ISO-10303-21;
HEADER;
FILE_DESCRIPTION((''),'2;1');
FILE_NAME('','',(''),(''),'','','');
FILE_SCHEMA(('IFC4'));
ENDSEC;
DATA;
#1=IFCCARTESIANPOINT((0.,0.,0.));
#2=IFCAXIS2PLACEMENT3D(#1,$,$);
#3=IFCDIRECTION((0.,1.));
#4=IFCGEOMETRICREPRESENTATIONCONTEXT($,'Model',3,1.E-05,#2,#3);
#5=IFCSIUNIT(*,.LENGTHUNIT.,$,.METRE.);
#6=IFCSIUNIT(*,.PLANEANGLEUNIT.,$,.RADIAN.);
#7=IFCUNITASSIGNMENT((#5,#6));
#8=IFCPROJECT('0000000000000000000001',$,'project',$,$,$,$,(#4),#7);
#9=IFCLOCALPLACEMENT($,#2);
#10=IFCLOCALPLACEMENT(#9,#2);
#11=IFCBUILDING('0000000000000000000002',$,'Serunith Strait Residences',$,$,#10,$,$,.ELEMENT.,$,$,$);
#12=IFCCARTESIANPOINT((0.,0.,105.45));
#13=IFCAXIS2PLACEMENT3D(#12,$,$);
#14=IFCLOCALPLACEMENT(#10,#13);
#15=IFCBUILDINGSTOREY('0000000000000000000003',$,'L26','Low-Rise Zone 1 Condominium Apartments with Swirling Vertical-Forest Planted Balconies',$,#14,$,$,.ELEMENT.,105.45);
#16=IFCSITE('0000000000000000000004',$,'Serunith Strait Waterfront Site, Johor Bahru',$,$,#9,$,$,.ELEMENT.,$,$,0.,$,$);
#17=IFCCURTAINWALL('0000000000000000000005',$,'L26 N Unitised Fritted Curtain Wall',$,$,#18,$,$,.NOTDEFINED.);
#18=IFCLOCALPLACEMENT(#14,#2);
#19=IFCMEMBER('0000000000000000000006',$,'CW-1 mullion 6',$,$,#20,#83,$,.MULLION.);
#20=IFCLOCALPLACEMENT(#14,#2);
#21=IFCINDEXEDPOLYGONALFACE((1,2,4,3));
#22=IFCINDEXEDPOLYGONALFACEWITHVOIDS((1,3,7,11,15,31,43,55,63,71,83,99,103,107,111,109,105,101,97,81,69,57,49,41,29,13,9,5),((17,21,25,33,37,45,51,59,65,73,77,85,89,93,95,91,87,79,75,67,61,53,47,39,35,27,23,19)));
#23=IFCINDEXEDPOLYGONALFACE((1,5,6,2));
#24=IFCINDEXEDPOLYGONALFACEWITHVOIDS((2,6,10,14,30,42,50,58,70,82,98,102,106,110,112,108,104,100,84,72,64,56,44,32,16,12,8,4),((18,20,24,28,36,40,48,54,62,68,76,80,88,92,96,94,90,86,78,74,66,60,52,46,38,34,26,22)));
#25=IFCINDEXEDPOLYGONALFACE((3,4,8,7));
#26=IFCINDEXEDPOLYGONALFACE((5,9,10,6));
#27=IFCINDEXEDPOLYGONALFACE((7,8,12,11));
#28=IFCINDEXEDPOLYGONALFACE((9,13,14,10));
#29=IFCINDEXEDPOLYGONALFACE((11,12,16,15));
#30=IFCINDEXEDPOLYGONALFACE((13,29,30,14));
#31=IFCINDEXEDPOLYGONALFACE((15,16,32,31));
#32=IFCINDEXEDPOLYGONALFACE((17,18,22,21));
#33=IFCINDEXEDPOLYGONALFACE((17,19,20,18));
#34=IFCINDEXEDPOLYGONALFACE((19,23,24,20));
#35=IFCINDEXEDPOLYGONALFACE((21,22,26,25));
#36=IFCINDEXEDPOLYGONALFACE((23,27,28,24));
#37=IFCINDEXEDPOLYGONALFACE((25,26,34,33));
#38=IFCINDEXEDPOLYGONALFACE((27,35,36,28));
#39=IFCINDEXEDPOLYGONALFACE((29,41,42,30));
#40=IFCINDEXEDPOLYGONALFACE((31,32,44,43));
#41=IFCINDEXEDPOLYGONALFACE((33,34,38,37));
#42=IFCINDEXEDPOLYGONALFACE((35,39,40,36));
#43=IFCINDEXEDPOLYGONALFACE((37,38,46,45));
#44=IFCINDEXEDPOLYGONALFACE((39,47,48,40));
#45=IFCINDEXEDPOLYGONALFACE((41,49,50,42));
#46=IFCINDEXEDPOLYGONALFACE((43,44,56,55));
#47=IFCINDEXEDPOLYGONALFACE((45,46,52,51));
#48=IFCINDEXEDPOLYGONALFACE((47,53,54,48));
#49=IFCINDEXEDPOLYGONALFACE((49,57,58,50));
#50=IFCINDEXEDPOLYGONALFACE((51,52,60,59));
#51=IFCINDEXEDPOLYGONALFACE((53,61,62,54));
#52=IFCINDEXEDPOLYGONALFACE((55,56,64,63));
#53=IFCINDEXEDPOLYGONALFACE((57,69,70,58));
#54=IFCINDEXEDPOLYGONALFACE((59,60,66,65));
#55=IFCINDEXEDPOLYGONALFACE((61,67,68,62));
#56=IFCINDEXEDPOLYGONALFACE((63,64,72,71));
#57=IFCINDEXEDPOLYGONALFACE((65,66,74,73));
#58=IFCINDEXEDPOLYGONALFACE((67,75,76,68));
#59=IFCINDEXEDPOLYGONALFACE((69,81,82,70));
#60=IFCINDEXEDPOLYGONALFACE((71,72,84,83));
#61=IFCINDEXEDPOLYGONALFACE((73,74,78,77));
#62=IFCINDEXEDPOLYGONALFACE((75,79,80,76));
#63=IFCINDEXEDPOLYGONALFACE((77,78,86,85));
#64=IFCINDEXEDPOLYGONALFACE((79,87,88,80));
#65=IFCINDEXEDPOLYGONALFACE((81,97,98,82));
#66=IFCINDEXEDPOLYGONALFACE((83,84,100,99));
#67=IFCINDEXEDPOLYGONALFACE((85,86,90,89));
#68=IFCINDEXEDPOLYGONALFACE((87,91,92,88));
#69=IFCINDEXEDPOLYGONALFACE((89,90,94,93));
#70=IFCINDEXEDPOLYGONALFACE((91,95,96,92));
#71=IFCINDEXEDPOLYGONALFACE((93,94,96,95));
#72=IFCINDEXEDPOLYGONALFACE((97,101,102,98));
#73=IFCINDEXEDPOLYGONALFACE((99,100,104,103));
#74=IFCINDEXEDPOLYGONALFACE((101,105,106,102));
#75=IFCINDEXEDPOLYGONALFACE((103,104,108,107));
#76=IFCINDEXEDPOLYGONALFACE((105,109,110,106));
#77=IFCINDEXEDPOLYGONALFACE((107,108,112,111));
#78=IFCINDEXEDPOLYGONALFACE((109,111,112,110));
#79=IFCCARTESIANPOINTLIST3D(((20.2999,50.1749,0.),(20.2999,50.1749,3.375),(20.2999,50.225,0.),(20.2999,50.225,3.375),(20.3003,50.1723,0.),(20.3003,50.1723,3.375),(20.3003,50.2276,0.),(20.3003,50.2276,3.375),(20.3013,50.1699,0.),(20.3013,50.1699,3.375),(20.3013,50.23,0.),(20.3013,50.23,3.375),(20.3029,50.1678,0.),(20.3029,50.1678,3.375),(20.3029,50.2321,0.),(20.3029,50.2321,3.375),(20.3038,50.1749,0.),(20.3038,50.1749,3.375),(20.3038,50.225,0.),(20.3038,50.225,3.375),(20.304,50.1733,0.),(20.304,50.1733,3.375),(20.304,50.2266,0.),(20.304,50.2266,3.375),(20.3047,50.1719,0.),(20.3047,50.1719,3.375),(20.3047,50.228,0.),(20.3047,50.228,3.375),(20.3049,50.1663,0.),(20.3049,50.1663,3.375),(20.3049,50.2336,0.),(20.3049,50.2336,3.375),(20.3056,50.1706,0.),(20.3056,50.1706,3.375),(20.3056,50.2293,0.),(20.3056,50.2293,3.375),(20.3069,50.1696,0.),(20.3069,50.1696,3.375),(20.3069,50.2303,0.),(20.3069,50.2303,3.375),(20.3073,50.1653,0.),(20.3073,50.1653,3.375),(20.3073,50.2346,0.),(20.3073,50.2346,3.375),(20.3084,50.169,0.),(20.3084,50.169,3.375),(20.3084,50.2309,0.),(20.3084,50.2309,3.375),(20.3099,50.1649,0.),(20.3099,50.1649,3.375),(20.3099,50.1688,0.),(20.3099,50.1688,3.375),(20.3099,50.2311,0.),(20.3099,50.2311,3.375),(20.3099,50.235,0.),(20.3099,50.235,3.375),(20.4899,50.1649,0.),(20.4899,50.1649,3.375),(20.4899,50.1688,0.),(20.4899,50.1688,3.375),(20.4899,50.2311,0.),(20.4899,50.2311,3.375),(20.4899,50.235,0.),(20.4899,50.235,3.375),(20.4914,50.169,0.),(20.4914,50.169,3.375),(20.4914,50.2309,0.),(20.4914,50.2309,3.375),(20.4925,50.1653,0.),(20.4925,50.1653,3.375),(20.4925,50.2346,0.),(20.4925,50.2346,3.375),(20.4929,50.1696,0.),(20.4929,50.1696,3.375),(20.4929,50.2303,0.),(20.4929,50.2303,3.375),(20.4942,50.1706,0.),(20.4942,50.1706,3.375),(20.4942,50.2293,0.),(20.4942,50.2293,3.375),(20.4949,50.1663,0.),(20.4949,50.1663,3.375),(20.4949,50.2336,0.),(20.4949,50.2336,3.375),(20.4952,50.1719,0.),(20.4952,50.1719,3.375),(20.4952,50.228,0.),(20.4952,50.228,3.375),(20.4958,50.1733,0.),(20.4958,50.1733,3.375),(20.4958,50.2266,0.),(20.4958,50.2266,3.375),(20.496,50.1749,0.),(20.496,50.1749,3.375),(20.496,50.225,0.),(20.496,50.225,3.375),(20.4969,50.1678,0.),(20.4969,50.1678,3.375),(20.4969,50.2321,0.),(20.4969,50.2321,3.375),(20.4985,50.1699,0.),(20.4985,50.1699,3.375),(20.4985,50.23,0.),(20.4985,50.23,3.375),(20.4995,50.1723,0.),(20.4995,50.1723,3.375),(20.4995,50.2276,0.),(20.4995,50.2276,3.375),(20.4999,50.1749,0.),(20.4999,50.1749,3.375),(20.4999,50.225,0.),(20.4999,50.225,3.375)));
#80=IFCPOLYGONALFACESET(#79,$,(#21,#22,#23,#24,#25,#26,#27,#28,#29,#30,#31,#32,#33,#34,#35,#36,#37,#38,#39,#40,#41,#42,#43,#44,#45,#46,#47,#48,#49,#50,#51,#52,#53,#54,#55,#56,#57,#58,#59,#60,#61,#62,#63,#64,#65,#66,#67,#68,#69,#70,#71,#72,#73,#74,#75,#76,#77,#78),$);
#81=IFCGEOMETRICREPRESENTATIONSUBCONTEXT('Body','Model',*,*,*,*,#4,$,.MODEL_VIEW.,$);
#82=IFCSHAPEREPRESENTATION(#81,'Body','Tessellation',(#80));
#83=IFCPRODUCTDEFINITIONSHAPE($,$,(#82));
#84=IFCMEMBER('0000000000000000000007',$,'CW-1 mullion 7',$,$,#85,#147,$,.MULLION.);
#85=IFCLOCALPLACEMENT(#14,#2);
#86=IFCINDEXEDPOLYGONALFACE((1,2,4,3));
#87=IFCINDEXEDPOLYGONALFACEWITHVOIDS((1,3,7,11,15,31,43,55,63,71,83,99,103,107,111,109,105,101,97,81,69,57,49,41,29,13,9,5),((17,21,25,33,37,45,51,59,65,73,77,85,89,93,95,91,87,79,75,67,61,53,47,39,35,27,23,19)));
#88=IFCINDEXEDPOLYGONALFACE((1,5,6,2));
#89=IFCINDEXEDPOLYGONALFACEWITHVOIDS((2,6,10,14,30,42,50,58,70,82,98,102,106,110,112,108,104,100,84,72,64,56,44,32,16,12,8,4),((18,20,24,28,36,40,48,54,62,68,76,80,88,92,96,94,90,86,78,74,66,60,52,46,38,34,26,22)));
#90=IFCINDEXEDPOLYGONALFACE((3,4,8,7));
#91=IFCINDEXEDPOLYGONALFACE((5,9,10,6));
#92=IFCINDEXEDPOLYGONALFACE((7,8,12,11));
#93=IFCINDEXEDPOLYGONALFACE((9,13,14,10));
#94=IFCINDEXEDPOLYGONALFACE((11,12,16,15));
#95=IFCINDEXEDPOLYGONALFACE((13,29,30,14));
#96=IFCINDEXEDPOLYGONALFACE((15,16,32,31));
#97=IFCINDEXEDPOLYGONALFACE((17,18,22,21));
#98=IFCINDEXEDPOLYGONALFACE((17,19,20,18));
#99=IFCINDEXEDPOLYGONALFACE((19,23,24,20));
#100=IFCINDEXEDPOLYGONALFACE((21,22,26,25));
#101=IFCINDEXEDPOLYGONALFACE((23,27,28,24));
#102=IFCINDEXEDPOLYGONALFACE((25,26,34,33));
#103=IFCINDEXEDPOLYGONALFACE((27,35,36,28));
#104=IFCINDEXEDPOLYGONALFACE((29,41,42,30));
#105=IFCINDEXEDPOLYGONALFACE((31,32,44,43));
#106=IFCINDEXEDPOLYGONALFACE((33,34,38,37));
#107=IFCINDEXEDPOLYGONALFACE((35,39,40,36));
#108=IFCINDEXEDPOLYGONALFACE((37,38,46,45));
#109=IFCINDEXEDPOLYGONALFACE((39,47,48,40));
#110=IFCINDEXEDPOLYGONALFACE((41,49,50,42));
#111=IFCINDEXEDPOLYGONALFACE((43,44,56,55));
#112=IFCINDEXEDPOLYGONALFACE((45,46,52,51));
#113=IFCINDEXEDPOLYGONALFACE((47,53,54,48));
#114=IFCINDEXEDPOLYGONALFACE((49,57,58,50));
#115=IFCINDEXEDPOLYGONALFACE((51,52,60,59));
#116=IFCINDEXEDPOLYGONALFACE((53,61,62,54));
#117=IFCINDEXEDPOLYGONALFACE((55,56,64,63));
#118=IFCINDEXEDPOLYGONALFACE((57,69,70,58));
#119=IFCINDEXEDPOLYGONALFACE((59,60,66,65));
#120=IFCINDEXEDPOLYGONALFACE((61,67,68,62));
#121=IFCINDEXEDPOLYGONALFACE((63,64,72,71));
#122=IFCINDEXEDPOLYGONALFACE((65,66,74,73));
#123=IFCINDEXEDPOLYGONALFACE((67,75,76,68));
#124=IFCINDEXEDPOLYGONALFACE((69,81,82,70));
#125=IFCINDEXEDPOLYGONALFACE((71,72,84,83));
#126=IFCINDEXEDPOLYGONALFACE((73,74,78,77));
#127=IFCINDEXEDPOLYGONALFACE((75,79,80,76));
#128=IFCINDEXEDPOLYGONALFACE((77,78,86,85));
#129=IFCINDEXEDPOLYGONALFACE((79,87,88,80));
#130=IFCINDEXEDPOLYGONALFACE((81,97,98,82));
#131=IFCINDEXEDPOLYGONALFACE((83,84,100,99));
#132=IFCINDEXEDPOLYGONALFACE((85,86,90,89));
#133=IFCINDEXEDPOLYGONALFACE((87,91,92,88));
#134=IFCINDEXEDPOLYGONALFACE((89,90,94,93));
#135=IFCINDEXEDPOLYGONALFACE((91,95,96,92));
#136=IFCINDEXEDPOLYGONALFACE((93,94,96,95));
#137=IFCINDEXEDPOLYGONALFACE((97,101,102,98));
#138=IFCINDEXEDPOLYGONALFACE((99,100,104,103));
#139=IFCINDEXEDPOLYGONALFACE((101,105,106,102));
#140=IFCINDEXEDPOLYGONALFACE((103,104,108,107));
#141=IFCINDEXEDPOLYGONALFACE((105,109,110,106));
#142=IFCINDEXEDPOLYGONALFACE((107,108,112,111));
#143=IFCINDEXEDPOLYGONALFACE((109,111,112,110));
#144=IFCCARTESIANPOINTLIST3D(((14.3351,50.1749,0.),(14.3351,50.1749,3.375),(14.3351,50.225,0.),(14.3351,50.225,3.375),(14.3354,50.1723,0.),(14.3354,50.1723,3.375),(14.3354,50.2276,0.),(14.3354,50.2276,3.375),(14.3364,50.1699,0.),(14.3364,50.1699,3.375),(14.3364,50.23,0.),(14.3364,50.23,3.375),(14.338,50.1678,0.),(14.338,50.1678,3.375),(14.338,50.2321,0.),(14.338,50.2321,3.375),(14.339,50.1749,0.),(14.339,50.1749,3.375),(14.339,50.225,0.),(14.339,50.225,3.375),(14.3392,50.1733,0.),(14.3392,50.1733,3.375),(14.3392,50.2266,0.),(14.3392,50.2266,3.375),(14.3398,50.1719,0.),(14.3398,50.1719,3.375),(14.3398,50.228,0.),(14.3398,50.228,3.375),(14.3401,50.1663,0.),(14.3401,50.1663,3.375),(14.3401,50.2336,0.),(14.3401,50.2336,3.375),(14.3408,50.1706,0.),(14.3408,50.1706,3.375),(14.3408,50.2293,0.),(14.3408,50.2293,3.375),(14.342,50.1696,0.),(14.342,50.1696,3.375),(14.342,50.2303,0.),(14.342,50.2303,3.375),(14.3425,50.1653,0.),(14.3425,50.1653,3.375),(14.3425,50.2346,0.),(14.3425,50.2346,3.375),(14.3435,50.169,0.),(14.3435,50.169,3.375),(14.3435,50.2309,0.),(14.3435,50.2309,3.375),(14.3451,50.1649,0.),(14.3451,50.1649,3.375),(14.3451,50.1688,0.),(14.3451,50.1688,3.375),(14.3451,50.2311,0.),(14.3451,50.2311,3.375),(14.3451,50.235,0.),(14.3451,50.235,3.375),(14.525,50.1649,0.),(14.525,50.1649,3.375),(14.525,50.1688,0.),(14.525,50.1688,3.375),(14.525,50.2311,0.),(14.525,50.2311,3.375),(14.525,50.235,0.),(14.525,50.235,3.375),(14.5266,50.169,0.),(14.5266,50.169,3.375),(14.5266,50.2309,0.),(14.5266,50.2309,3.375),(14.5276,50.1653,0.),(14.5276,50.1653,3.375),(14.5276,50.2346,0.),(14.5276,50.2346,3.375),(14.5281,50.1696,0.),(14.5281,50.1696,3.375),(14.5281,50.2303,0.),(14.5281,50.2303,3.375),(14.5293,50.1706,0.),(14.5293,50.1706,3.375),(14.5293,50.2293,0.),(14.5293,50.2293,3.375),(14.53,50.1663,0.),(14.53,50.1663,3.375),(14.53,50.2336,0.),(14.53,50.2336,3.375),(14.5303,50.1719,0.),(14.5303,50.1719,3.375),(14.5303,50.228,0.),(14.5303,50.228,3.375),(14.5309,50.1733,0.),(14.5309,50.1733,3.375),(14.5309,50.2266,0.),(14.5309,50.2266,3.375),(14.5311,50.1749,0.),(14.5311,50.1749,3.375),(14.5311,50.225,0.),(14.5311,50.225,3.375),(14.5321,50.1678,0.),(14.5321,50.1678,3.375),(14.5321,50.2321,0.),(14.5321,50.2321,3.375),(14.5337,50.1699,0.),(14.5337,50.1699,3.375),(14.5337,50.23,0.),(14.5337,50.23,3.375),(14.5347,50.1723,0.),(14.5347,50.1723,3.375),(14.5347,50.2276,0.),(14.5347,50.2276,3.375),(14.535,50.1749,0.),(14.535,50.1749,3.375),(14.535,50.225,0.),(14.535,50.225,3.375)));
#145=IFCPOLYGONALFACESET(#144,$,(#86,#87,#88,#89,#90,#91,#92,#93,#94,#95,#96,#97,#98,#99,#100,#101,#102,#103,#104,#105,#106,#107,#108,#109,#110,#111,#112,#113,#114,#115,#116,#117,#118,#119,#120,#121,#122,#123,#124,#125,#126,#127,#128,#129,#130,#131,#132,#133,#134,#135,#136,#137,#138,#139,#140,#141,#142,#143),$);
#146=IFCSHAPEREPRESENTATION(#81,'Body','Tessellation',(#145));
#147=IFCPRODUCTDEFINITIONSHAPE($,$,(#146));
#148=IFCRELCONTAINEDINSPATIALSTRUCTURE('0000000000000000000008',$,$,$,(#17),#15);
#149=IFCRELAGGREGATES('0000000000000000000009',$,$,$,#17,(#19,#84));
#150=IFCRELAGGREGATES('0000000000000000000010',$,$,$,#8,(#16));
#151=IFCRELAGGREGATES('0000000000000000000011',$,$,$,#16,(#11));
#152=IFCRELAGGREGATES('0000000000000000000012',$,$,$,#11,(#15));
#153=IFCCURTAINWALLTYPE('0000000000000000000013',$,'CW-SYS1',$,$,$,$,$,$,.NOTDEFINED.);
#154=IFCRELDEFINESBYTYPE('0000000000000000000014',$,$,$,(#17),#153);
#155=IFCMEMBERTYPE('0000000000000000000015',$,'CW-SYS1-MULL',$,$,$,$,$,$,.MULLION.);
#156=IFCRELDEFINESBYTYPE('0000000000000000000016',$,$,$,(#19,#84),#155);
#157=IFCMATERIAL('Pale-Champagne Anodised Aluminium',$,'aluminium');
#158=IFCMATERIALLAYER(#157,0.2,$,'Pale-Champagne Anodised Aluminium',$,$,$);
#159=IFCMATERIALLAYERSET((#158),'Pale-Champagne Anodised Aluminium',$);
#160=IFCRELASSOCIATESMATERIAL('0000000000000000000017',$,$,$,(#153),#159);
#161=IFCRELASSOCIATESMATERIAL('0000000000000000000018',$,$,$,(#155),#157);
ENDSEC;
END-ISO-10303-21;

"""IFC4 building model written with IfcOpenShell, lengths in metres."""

from ifc_helpers import new_model, si_unit, direction, frame, origin, origin_2d, place, context, subcontext, project, spatial, hollow_rectangle, extrude, source, transform, mapped, material, layer, layer_set, material_profile, profile_set, type_object, element, aggregate, save


model = new_model("IFC4")

# Units and contexts
model_context = context("Model", 3, precision=1e-05, world=origin(), true_north=direction((0.0, 1.0)))
body_context = subcontext(model_context, "Body", "Model", "MODEL_VIEW")
ifc_project = project(units=[si_unit("LENGTHUNIT", "METRE"), si_unit("PLANEANGLEUNIT", "RADIAN")], contexts=[model_context])

# Site, building, storey
site_placement = place(None, origin())
site = spatial("IfcSite", under=ifc_project, at=site_placement, Name="Serunith Strait Waterfront Site, Johor Bahru", CompositionType="ELEMENT", RefElevation=0.0)
building_placement = place(site_placement, origin())
building = spatial("IfcBuilding", under=site, at=building_placement, Name="Serunith Strait Residences", CompositionType="ELEMENT")
storey_placement = place(building_placement, frame((0.0, 0.0, 105.45)))
storey = spatial("IfcBuildingStorey", under=building, at=storey_placement, Name="L26", Description="Low-Rise Zone 1 Condominium Apartments with Swirling Vertical-Forest Planted Balconies", CompositionType="ELEMENT", Elevation=105.45)

# Curtain wall
ifc_material_1 = material(Name="Pale-Champagne Anodised Aluminium", Category="aluminium")
ifc_layer_1 = layer(ifc_material_1, 0.2, Name="Pale-Champagne Anodised Aluminium")
ifc_layer_set_1 = layer_set([ifc_layer_1], Name="Pale-Champagne Anodised Aluminium")
curtain_wall_type = type_object("IfcCurtainWallType", Name="CW-SYS1", PredefinedType="NOTDEFINED", material=ifc_layer_set_1)
curtain_wall_1_placement = place(storey_placement, origin())
curtain_wall_1 = element("IfcCurtainWall", 1, at=curtain_wall_1_placement, inside=storey, type_object=curtain_wall_type, Name="L26 N Unitised Fritted Curtain Wall", PredefinedType="NOTDEFINED")

# Members
ifc_material_profile_1 = material_profile(ifc_material_1, hollow_rectangle(XDim=0.0701, YDim=0.2, WallThickness=0.0039, InnerFilletRadius=0.0061, OuterFilletRadius=0.01, at=origin_2d()), Name="ALU 200x70x4")
ifc_profile_set_1 = profile_set([ifc_material_profile_1], Name="Pale-Champagne Anodised Aluminium")
member_type_1 = type_object("IfcMemberType", Name="CW-SYS1-MULL", PredefinedType="MULLION", material=ifc_profile_set_1)
shared_shape_1 = source(origin(), body_context, "Body", "SweptSolid", [
    extrude(hollow_rectangle(XDim=0.0701, YDim=0.2, WallThickness=0.0039, InnerFilletRadius=0.0061, OuterFilletRadius=0.01, at=origin_2d()), origin(), (0.0, 0.0, 1.0), 3.375),
])
member_1_placement = place(storey_placement, frame((20.3999, 50.2, 0.0), z_axis=(0.0, 0.0, 1.0), x_axis=(0.0, -1.0, 0.0)))
member_1 = element("IfcMember", 2, at=member_1_placement, type_object=member_type_1, Name="CW-1 mullion 6", PredefinedType="MULLION", context=body_context, shape_type="MappedRepresentation", body=[
    mapped(shared_shape_1, transform((0.0, 0.0, 0.0), scale=1.0)),
])
member_2_placement = place(storey_placement, frame((14.4351, 50.2, 0.0), z_axis=(0.0, 0.0, 1.0), x_axis=(0.0, -1.0, 0.0)))
member_2 = element("IfcMember", 3, at=member_2_placement, type_object=member_type_1, Name="CW-1 mullion 7", PredefinedType="MULLION", context=body_context, shape_type="MappedRepresentation", body=[
    mapped(shared_shape_1, transform((0.0, 0.0, 0.0), scale=1.0)),
])

aggregate(curtain_wall_1, [member_1, member_2])

save(model, "model.ifc")
